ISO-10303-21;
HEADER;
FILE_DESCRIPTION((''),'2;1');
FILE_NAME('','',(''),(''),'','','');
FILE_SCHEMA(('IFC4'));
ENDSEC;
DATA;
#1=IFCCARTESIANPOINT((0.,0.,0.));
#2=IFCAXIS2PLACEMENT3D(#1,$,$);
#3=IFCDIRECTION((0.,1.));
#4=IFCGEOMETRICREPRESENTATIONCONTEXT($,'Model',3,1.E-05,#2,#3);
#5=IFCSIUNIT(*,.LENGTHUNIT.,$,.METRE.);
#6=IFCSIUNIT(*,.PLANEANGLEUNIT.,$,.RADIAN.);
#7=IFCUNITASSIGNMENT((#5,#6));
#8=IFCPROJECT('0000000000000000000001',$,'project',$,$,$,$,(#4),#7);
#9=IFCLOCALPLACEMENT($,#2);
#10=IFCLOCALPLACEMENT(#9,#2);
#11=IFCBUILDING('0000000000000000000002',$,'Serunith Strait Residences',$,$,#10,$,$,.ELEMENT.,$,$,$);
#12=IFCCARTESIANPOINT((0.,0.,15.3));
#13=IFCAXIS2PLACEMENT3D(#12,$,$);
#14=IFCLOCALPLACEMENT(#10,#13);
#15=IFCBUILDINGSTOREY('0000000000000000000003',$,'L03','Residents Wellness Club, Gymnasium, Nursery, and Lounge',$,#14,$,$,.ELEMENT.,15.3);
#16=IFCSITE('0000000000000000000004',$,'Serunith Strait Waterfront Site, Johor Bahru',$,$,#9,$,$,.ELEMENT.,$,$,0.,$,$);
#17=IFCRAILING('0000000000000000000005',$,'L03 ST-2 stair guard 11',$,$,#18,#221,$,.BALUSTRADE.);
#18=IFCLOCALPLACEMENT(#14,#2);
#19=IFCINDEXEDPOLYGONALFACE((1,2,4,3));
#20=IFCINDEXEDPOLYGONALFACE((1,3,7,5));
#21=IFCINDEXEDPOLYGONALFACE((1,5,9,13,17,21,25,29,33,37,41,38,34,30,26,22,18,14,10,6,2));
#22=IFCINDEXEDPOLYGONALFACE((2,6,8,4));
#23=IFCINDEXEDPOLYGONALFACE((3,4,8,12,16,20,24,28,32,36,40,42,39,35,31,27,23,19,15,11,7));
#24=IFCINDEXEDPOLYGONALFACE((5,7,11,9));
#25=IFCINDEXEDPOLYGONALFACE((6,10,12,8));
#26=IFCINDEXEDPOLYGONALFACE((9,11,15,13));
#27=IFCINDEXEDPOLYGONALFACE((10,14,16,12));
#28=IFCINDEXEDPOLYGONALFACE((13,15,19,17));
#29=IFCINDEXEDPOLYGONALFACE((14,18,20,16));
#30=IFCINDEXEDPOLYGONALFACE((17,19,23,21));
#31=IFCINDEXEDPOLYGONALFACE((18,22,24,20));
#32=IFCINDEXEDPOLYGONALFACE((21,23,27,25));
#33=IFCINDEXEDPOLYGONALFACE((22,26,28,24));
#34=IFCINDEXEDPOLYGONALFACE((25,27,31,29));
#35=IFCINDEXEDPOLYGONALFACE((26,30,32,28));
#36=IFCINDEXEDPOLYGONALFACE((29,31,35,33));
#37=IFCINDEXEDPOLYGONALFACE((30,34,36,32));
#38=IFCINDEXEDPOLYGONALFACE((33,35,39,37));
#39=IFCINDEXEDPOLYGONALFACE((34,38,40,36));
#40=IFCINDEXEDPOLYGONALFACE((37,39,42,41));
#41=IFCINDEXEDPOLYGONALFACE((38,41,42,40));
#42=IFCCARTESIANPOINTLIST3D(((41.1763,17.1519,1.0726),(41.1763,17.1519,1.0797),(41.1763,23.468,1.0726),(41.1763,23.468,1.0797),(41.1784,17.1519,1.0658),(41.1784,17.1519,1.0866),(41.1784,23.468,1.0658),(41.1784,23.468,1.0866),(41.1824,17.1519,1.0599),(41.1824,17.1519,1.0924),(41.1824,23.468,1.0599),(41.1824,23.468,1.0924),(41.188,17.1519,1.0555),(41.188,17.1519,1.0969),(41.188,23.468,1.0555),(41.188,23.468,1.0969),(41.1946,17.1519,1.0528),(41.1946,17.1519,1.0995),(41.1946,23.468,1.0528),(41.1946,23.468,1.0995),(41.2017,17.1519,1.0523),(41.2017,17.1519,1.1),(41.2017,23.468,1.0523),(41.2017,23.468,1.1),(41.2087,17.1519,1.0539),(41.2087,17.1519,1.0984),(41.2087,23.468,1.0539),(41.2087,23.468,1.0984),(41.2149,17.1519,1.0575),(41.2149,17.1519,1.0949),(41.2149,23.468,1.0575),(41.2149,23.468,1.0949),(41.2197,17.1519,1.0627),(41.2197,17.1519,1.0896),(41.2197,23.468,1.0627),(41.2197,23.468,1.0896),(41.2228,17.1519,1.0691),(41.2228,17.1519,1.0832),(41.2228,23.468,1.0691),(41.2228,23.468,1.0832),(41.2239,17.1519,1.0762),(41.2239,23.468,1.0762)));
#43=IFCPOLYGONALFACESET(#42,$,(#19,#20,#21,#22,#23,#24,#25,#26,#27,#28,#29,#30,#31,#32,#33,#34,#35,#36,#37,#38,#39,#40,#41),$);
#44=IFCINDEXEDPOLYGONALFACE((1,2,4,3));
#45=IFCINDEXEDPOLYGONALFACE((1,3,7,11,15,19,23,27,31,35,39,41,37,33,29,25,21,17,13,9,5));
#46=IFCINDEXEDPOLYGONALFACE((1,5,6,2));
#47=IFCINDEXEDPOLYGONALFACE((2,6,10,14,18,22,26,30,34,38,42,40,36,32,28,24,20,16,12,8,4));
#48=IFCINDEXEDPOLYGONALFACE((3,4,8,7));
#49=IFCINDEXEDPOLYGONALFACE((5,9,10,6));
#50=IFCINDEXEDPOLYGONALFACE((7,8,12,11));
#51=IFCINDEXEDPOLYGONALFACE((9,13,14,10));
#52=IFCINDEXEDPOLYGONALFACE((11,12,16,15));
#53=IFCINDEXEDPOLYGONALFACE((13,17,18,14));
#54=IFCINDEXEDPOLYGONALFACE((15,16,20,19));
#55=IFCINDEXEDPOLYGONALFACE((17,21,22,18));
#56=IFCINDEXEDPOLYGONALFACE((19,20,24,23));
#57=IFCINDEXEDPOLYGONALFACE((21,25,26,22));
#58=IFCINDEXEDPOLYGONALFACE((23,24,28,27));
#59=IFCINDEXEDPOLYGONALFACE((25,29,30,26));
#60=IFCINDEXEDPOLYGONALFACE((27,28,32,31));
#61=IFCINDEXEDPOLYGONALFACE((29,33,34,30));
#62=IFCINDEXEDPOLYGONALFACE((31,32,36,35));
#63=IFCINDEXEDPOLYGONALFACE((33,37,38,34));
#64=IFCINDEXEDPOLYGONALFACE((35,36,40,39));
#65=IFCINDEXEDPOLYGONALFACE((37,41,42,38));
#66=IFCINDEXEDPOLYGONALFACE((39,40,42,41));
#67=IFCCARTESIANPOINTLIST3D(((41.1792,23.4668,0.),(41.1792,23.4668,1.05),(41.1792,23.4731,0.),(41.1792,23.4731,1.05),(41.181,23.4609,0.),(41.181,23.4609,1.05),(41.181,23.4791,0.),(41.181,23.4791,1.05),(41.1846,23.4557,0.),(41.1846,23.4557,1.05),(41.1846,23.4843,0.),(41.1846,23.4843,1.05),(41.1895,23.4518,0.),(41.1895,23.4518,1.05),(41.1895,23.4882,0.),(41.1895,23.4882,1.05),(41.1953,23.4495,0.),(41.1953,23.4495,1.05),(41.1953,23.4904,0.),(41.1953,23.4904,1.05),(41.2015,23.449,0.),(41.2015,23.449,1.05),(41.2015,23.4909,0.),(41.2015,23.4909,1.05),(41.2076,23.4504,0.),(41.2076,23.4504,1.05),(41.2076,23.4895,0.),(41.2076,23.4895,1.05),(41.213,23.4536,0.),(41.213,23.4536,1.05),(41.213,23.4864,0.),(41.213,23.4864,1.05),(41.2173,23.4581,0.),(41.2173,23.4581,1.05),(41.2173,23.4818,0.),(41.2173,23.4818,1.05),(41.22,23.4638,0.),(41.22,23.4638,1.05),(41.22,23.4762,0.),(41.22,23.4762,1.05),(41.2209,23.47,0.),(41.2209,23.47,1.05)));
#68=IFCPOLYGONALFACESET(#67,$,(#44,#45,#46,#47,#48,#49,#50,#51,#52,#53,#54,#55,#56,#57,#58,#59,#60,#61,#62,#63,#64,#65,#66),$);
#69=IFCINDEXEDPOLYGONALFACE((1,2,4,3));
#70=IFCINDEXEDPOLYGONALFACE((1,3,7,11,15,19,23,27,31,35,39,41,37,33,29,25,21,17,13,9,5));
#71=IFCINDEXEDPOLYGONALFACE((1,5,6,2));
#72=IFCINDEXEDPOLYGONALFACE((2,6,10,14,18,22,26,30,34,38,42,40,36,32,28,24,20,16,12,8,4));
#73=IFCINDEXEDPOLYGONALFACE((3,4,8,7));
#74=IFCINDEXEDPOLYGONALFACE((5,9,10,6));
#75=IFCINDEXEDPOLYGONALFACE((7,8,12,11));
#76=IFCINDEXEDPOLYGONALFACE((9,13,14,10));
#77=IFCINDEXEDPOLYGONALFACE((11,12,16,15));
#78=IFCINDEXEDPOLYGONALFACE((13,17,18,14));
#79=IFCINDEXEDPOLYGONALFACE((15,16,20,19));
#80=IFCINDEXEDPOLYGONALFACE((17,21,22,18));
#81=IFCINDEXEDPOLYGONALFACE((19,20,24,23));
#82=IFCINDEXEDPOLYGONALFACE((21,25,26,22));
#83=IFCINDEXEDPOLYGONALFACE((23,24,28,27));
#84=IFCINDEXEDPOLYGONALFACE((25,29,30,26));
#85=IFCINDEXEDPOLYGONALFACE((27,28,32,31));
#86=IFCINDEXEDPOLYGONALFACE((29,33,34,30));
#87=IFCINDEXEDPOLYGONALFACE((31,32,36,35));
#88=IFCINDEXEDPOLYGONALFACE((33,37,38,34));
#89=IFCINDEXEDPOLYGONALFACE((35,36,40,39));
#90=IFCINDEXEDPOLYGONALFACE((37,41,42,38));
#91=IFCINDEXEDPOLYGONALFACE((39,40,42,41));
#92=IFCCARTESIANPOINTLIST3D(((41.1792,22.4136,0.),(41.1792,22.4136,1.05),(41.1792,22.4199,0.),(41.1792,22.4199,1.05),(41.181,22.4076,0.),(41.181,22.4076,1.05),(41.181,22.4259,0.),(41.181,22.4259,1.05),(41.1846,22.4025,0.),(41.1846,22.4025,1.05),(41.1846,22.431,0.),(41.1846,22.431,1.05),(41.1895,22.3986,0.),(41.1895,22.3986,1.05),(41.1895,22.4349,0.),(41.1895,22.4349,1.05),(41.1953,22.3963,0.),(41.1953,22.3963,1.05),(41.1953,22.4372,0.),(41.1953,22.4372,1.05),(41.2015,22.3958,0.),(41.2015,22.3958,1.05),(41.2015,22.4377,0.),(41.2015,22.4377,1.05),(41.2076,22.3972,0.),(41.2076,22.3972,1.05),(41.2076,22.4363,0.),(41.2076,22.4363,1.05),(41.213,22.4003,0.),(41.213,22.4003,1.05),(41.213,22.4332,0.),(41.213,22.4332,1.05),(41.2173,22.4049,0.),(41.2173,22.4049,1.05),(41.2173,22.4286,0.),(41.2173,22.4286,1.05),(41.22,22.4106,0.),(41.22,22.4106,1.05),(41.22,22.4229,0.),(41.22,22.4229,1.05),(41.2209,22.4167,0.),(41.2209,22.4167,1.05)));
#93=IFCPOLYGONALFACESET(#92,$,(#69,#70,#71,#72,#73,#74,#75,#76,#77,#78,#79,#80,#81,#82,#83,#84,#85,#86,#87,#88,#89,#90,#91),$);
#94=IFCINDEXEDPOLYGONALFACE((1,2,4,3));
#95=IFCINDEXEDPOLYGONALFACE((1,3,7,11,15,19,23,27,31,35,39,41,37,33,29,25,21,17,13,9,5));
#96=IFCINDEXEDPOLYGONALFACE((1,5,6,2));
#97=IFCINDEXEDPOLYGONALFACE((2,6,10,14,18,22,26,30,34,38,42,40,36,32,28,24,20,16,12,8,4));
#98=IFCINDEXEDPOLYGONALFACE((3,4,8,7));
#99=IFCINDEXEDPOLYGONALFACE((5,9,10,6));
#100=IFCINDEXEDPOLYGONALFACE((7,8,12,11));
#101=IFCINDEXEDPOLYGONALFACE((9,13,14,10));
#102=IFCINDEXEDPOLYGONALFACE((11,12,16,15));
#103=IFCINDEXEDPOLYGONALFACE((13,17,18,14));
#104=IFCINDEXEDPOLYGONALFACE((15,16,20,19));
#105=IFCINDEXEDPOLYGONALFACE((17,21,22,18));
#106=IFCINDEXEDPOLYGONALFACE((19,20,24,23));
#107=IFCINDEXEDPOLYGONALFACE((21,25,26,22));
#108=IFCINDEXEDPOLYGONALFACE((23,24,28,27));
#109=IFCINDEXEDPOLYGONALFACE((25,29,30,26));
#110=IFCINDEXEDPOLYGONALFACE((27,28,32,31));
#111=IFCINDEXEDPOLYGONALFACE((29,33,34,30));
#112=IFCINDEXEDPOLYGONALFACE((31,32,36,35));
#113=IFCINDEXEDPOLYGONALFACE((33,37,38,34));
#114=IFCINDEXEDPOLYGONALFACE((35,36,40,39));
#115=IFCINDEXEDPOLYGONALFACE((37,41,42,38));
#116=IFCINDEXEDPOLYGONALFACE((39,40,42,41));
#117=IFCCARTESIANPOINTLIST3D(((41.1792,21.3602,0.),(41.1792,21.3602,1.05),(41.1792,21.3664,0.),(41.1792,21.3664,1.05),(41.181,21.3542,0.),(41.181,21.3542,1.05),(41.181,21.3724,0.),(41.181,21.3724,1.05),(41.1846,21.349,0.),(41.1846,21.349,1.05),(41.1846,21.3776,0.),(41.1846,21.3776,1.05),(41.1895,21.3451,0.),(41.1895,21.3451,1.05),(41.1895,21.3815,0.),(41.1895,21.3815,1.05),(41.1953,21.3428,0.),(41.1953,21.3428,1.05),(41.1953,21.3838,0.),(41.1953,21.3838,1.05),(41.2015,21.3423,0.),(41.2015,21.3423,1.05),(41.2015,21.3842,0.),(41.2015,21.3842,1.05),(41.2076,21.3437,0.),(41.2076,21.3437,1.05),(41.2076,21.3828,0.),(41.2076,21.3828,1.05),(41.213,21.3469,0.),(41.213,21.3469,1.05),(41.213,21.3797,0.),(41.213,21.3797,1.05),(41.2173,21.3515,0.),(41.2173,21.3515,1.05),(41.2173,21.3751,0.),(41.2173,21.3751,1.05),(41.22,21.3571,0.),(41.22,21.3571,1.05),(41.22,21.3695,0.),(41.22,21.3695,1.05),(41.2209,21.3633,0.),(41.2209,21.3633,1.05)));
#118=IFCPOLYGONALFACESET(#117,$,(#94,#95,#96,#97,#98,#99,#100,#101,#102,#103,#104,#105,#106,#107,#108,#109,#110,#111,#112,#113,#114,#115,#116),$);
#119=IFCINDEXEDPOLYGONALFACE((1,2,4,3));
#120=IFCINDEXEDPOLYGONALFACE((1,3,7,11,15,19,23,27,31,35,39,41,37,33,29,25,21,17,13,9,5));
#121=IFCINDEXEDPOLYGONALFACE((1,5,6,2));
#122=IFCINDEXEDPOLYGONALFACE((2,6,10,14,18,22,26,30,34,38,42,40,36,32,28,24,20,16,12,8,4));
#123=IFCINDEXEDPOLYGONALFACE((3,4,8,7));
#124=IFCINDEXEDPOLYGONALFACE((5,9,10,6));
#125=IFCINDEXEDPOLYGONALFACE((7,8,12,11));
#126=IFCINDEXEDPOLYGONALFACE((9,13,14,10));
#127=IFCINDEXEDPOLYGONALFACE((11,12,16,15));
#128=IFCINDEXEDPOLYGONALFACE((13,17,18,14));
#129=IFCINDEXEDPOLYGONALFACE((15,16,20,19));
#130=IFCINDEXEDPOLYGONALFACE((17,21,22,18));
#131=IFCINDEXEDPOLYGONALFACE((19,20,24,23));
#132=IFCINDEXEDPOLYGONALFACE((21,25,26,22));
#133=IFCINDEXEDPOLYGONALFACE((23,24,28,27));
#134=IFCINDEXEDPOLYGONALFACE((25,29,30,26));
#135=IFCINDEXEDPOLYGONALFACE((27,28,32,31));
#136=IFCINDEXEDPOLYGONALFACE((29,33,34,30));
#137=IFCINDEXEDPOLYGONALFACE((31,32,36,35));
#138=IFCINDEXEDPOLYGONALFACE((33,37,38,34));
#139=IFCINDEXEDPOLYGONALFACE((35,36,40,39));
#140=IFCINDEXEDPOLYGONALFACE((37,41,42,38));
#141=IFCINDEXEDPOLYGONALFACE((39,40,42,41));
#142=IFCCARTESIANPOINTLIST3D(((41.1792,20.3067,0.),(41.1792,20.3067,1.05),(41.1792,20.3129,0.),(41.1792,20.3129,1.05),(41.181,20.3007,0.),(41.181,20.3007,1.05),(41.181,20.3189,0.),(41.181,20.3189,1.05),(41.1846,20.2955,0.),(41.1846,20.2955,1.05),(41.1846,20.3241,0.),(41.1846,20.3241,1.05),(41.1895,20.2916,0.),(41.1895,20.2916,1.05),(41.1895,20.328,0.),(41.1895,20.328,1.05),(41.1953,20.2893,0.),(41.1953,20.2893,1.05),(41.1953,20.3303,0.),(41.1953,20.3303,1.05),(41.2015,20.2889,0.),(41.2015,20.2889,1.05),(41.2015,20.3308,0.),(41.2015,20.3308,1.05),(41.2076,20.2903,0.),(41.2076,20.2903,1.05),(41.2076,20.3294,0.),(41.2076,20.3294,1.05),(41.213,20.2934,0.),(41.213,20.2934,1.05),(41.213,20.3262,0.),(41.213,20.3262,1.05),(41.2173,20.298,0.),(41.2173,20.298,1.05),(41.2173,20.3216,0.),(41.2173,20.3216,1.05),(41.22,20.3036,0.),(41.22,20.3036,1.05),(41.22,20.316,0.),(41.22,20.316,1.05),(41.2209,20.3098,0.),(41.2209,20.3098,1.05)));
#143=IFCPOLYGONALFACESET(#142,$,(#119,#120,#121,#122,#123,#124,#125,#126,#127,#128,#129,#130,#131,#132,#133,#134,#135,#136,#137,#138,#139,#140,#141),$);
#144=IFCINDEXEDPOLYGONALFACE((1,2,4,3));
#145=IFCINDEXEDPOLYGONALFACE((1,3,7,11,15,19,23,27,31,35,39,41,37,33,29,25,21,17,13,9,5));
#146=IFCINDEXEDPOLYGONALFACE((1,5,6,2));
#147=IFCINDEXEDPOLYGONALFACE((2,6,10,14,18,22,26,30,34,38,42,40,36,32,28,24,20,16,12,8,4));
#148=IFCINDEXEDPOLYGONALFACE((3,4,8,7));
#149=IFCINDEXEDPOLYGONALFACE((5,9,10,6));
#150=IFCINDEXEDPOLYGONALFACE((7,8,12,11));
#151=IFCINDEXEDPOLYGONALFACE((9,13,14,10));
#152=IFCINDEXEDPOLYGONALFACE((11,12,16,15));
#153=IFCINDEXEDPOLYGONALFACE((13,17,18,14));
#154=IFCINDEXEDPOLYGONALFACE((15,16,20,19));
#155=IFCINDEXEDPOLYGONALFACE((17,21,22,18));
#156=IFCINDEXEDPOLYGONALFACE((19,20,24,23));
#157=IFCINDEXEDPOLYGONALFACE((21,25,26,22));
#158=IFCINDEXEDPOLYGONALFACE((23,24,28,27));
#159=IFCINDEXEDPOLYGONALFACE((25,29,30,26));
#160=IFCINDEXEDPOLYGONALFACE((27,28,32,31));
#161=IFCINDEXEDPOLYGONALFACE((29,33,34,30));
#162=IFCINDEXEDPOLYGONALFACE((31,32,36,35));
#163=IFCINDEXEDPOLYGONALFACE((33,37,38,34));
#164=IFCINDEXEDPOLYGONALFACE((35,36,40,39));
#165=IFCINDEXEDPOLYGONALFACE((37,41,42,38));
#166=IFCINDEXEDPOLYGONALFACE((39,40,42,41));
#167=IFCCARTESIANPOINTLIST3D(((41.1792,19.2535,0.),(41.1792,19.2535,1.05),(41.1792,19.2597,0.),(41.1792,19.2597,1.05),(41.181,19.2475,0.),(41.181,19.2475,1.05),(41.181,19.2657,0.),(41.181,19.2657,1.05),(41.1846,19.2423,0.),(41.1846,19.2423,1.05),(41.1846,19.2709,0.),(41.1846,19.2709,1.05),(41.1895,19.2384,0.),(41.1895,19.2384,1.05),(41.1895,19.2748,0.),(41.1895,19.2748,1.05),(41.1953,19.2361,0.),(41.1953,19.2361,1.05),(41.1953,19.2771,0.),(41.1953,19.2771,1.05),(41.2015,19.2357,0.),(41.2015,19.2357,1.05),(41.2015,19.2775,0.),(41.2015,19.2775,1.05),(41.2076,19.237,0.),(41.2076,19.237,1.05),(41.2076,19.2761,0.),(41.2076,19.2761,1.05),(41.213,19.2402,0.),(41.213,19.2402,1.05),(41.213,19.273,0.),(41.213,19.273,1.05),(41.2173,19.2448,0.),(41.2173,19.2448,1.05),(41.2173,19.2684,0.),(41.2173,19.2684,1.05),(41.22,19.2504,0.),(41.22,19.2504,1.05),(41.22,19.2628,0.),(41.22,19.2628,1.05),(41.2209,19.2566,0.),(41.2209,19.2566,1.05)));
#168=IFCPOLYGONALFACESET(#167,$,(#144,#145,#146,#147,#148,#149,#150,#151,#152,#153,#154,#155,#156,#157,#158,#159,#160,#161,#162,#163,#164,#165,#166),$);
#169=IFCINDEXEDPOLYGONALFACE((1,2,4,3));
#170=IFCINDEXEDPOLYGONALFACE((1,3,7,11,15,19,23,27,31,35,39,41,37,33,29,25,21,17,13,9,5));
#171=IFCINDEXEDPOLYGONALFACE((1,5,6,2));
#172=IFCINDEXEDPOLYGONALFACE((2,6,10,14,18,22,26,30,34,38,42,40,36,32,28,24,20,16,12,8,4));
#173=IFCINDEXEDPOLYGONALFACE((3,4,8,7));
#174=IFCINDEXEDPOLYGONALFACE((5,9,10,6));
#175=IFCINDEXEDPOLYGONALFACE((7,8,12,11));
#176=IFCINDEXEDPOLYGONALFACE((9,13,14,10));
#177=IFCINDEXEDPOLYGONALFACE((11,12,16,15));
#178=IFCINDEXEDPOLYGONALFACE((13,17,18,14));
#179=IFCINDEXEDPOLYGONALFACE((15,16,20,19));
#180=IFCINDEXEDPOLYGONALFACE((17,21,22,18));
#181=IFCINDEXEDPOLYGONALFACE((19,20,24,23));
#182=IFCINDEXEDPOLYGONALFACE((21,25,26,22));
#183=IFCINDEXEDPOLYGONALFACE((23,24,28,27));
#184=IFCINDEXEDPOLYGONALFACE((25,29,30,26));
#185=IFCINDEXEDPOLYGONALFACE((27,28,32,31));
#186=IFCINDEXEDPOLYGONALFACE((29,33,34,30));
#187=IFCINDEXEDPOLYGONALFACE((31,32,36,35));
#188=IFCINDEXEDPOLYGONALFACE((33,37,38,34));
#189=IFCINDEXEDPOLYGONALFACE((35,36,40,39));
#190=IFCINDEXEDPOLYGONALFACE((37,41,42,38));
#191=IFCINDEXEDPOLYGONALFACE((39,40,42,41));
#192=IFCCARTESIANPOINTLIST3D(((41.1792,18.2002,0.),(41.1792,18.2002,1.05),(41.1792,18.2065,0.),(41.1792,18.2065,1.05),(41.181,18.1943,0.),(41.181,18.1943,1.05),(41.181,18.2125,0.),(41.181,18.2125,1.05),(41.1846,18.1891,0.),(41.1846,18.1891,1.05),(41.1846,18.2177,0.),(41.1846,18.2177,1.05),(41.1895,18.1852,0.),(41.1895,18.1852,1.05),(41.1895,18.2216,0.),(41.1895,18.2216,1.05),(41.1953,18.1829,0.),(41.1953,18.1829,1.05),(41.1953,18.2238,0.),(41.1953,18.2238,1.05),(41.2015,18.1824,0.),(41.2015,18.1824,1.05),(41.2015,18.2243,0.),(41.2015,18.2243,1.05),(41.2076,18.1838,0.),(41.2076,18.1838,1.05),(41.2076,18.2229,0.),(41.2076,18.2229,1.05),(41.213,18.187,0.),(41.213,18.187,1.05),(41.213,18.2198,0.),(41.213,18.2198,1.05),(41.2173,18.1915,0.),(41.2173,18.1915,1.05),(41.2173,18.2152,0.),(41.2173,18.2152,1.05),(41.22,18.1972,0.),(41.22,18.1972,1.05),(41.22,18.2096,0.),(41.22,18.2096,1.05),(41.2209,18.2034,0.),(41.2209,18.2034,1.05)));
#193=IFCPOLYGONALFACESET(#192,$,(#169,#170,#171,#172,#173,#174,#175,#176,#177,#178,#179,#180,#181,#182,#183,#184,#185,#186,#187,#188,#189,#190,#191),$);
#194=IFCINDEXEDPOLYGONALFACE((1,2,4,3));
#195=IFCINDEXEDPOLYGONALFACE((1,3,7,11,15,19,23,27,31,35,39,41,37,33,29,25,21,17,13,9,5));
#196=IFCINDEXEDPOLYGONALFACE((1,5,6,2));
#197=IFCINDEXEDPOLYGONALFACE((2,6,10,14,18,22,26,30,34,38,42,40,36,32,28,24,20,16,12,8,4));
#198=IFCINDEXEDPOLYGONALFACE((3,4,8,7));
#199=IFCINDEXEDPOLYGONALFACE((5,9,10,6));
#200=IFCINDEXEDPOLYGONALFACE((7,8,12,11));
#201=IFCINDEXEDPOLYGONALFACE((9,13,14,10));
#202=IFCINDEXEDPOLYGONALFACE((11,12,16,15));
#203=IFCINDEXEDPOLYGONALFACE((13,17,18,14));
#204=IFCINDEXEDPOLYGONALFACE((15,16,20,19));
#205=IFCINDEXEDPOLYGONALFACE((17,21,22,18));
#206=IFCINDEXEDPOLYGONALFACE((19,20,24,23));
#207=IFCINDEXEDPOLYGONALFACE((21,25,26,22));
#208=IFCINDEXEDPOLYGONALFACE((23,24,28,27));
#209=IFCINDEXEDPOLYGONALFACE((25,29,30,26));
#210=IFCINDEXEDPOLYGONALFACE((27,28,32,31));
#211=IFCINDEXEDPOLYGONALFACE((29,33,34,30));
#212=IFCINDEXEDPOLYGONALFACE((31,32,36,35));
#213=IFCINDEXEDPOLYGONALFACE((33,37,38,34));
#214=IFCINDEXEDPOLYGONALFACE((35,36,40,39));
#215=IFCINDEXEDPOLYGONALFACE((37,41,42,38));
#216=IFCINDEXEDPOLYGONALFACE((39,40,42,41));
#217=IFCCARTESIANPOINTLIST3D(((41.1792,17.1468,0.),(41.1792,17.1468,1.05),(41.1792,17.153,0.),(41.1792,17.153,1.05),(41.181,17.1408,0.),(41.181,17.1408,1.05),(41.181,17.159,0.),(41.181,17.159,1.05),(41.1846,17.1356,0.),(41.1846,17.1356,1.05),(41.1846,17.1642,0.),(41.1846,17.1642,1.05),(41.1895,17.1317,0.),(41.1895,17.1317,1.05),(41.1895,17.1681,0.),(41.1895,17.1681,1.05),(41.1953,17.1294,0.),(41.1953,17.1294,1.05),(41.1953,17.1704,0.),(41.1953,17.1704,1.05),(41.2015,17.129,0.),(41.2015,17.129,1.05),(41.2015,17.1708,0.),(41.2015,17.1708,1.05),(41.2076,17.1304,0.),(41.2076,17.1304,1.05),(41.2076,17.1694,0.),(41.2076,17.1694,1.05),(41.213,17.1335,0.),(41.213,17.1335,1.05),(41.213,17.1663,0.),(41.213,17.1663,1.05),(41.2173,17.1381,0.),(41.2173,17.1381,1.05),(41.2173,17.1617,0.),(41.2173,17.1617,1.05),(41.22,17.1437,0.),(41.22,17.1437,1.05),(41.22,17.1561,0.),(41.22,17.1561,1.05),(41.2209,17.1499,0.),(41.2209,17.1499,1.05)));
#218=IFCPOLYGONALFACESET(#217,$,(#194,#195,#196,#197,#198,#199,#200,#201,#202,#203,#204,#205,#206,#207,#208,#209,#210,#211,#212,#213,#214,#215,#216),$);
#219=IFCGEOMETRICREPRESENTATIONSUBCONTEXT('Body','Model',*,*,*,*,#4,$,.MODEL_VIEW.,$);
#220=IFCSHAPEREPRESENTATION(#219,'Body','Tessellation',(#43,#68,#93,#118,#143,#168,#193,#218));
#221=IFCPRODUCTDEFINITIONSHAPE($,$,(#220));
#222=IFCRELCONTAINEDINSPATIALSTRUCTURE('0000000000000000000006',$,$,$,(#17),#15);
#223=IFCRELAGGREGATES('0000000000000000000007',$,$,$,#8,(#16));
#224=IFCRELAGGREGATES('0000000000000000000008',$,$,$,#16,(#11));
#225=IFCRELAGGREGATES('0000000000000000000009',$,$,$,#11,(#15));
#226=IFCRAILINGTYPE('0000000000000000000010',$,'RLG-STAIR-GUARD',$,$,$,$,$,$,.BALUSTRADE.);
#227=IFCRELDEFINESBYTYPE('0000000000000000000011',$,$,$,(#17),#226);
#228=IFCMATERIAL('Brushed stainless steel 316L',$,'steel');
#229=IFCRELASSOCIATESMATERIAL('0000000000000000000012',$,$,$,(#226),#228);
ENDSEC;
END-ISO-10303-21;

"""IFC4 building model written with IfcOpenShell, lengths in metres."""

from ifc_helpers import new_model, si_unit, direction, frame, origin, origin_2d, place, context, subcontext, project, spatial, circle, extrude, material, type_object, element, save


model = new_model("IFC4")

# Units and contexts
model_context = context("Model", 3, precision=1e-05, world=origin(), true_north=direction((0.0, 1.0)))
body_context = subcontext(model_context, "Body", "Model", "MODEL_VIEW")
ifc_project = project(units=[si_unit("LENGTHUNIT", "METRE"), si_unit("PLANEANGLEUNIT", "RADIAN")], contexts=[model_context])

# Site, building, storey
site_placement = place(None, origin())
site = spatial("IfcSite", under=ifc_project, at=site_placement, Name="Serunith Strait Waterfront Site, Johor Bahru", CompositionType="ELEMENT", RefElevation=0.0)
building_placement = place(site_placement, origin())
building = spatial("IfcBuilding", under=site, at=building_placement, Name="Serunith Strait Residences", CompositionType="ELEMENT")
storey_placement = place(building_placement, frame((0.0, 0.0, 15.3)))
storey = spatial("IfcBuildingStorey", under=building, at=storey_placement, Name="L03", Description="Residents Wellness Club, Gymnasium, Nursery, and Lounge", CompositionType="ELEMENT", Elevation=15.3)

# Railing
ifc_material_1 = material(Name="Brushed stainless steel 316L", Category="steel")
railing_type_1 = type_object("IfcRailingType", Name="RLG-STAIR-GUARD", PredefinedType="BALUSTRADE", material=ifc_material_1)
railing_1_placement = place(storey_placement, frame((41.2, 23.47, 0.0)))
element("IfcRailing", 1, at=railing_1_placement, inside=storey, type_object=railing_type_1, Name="L03 ST-2 stair guard 11", PredefinedType="BALUSTRADE", context=body_context, shape_type="SweptSolid", body=[
    extrude(circle(Radius=0.0239, at=origin_2d()), frame((0.0, -0.002, 1.0762), z_axis=(0.0, -1.0, 0.0), x_axis=(1.0, 0.0, 0.0)), (0.0, 0.0, 1.0), 6.3162),
    extrude(circle(Radius=0.021, at=origin_2d()), origin(), (0.0, 0.0, 1.0), 1.05),
    extrude(circle(Radius=0.021, at=origin_2d()), frame((0.0, -1.0532, 0.0)), (0.0, 0.0, 1.0), 1.05),
    extrude(circle(Radius=0.021, at=origin_2d()), frame((0.0, -2.1067, 0.0)), (0.0, 0.0, 1.0), 1.05),
    extrude(circle(Radius=0.021, at=origin_2d()), frame((0.0, -3.1602, 0.0)), (0.0, 0.0, 1.0), 1.05),
    extrude(circle(Radius=0.021, at=origin_2d()), frame((0.0, -4.2134, 0.0)), (0.0, 0.0, 1.0), 1.05),
    extrude(circle(Radius=0.021, at=origin_2d()), frame((0.0, -5.2666, 0.0)), (0.0, 0.0, 1.0), 1.05),
    extrude(circle(Radius=0.021, at=origin_2d()), frame((0.0, -6.3201, 0.0)), (0.0, 0.0, 1.0), 1.05),
])

save(model, "model.ifc")
